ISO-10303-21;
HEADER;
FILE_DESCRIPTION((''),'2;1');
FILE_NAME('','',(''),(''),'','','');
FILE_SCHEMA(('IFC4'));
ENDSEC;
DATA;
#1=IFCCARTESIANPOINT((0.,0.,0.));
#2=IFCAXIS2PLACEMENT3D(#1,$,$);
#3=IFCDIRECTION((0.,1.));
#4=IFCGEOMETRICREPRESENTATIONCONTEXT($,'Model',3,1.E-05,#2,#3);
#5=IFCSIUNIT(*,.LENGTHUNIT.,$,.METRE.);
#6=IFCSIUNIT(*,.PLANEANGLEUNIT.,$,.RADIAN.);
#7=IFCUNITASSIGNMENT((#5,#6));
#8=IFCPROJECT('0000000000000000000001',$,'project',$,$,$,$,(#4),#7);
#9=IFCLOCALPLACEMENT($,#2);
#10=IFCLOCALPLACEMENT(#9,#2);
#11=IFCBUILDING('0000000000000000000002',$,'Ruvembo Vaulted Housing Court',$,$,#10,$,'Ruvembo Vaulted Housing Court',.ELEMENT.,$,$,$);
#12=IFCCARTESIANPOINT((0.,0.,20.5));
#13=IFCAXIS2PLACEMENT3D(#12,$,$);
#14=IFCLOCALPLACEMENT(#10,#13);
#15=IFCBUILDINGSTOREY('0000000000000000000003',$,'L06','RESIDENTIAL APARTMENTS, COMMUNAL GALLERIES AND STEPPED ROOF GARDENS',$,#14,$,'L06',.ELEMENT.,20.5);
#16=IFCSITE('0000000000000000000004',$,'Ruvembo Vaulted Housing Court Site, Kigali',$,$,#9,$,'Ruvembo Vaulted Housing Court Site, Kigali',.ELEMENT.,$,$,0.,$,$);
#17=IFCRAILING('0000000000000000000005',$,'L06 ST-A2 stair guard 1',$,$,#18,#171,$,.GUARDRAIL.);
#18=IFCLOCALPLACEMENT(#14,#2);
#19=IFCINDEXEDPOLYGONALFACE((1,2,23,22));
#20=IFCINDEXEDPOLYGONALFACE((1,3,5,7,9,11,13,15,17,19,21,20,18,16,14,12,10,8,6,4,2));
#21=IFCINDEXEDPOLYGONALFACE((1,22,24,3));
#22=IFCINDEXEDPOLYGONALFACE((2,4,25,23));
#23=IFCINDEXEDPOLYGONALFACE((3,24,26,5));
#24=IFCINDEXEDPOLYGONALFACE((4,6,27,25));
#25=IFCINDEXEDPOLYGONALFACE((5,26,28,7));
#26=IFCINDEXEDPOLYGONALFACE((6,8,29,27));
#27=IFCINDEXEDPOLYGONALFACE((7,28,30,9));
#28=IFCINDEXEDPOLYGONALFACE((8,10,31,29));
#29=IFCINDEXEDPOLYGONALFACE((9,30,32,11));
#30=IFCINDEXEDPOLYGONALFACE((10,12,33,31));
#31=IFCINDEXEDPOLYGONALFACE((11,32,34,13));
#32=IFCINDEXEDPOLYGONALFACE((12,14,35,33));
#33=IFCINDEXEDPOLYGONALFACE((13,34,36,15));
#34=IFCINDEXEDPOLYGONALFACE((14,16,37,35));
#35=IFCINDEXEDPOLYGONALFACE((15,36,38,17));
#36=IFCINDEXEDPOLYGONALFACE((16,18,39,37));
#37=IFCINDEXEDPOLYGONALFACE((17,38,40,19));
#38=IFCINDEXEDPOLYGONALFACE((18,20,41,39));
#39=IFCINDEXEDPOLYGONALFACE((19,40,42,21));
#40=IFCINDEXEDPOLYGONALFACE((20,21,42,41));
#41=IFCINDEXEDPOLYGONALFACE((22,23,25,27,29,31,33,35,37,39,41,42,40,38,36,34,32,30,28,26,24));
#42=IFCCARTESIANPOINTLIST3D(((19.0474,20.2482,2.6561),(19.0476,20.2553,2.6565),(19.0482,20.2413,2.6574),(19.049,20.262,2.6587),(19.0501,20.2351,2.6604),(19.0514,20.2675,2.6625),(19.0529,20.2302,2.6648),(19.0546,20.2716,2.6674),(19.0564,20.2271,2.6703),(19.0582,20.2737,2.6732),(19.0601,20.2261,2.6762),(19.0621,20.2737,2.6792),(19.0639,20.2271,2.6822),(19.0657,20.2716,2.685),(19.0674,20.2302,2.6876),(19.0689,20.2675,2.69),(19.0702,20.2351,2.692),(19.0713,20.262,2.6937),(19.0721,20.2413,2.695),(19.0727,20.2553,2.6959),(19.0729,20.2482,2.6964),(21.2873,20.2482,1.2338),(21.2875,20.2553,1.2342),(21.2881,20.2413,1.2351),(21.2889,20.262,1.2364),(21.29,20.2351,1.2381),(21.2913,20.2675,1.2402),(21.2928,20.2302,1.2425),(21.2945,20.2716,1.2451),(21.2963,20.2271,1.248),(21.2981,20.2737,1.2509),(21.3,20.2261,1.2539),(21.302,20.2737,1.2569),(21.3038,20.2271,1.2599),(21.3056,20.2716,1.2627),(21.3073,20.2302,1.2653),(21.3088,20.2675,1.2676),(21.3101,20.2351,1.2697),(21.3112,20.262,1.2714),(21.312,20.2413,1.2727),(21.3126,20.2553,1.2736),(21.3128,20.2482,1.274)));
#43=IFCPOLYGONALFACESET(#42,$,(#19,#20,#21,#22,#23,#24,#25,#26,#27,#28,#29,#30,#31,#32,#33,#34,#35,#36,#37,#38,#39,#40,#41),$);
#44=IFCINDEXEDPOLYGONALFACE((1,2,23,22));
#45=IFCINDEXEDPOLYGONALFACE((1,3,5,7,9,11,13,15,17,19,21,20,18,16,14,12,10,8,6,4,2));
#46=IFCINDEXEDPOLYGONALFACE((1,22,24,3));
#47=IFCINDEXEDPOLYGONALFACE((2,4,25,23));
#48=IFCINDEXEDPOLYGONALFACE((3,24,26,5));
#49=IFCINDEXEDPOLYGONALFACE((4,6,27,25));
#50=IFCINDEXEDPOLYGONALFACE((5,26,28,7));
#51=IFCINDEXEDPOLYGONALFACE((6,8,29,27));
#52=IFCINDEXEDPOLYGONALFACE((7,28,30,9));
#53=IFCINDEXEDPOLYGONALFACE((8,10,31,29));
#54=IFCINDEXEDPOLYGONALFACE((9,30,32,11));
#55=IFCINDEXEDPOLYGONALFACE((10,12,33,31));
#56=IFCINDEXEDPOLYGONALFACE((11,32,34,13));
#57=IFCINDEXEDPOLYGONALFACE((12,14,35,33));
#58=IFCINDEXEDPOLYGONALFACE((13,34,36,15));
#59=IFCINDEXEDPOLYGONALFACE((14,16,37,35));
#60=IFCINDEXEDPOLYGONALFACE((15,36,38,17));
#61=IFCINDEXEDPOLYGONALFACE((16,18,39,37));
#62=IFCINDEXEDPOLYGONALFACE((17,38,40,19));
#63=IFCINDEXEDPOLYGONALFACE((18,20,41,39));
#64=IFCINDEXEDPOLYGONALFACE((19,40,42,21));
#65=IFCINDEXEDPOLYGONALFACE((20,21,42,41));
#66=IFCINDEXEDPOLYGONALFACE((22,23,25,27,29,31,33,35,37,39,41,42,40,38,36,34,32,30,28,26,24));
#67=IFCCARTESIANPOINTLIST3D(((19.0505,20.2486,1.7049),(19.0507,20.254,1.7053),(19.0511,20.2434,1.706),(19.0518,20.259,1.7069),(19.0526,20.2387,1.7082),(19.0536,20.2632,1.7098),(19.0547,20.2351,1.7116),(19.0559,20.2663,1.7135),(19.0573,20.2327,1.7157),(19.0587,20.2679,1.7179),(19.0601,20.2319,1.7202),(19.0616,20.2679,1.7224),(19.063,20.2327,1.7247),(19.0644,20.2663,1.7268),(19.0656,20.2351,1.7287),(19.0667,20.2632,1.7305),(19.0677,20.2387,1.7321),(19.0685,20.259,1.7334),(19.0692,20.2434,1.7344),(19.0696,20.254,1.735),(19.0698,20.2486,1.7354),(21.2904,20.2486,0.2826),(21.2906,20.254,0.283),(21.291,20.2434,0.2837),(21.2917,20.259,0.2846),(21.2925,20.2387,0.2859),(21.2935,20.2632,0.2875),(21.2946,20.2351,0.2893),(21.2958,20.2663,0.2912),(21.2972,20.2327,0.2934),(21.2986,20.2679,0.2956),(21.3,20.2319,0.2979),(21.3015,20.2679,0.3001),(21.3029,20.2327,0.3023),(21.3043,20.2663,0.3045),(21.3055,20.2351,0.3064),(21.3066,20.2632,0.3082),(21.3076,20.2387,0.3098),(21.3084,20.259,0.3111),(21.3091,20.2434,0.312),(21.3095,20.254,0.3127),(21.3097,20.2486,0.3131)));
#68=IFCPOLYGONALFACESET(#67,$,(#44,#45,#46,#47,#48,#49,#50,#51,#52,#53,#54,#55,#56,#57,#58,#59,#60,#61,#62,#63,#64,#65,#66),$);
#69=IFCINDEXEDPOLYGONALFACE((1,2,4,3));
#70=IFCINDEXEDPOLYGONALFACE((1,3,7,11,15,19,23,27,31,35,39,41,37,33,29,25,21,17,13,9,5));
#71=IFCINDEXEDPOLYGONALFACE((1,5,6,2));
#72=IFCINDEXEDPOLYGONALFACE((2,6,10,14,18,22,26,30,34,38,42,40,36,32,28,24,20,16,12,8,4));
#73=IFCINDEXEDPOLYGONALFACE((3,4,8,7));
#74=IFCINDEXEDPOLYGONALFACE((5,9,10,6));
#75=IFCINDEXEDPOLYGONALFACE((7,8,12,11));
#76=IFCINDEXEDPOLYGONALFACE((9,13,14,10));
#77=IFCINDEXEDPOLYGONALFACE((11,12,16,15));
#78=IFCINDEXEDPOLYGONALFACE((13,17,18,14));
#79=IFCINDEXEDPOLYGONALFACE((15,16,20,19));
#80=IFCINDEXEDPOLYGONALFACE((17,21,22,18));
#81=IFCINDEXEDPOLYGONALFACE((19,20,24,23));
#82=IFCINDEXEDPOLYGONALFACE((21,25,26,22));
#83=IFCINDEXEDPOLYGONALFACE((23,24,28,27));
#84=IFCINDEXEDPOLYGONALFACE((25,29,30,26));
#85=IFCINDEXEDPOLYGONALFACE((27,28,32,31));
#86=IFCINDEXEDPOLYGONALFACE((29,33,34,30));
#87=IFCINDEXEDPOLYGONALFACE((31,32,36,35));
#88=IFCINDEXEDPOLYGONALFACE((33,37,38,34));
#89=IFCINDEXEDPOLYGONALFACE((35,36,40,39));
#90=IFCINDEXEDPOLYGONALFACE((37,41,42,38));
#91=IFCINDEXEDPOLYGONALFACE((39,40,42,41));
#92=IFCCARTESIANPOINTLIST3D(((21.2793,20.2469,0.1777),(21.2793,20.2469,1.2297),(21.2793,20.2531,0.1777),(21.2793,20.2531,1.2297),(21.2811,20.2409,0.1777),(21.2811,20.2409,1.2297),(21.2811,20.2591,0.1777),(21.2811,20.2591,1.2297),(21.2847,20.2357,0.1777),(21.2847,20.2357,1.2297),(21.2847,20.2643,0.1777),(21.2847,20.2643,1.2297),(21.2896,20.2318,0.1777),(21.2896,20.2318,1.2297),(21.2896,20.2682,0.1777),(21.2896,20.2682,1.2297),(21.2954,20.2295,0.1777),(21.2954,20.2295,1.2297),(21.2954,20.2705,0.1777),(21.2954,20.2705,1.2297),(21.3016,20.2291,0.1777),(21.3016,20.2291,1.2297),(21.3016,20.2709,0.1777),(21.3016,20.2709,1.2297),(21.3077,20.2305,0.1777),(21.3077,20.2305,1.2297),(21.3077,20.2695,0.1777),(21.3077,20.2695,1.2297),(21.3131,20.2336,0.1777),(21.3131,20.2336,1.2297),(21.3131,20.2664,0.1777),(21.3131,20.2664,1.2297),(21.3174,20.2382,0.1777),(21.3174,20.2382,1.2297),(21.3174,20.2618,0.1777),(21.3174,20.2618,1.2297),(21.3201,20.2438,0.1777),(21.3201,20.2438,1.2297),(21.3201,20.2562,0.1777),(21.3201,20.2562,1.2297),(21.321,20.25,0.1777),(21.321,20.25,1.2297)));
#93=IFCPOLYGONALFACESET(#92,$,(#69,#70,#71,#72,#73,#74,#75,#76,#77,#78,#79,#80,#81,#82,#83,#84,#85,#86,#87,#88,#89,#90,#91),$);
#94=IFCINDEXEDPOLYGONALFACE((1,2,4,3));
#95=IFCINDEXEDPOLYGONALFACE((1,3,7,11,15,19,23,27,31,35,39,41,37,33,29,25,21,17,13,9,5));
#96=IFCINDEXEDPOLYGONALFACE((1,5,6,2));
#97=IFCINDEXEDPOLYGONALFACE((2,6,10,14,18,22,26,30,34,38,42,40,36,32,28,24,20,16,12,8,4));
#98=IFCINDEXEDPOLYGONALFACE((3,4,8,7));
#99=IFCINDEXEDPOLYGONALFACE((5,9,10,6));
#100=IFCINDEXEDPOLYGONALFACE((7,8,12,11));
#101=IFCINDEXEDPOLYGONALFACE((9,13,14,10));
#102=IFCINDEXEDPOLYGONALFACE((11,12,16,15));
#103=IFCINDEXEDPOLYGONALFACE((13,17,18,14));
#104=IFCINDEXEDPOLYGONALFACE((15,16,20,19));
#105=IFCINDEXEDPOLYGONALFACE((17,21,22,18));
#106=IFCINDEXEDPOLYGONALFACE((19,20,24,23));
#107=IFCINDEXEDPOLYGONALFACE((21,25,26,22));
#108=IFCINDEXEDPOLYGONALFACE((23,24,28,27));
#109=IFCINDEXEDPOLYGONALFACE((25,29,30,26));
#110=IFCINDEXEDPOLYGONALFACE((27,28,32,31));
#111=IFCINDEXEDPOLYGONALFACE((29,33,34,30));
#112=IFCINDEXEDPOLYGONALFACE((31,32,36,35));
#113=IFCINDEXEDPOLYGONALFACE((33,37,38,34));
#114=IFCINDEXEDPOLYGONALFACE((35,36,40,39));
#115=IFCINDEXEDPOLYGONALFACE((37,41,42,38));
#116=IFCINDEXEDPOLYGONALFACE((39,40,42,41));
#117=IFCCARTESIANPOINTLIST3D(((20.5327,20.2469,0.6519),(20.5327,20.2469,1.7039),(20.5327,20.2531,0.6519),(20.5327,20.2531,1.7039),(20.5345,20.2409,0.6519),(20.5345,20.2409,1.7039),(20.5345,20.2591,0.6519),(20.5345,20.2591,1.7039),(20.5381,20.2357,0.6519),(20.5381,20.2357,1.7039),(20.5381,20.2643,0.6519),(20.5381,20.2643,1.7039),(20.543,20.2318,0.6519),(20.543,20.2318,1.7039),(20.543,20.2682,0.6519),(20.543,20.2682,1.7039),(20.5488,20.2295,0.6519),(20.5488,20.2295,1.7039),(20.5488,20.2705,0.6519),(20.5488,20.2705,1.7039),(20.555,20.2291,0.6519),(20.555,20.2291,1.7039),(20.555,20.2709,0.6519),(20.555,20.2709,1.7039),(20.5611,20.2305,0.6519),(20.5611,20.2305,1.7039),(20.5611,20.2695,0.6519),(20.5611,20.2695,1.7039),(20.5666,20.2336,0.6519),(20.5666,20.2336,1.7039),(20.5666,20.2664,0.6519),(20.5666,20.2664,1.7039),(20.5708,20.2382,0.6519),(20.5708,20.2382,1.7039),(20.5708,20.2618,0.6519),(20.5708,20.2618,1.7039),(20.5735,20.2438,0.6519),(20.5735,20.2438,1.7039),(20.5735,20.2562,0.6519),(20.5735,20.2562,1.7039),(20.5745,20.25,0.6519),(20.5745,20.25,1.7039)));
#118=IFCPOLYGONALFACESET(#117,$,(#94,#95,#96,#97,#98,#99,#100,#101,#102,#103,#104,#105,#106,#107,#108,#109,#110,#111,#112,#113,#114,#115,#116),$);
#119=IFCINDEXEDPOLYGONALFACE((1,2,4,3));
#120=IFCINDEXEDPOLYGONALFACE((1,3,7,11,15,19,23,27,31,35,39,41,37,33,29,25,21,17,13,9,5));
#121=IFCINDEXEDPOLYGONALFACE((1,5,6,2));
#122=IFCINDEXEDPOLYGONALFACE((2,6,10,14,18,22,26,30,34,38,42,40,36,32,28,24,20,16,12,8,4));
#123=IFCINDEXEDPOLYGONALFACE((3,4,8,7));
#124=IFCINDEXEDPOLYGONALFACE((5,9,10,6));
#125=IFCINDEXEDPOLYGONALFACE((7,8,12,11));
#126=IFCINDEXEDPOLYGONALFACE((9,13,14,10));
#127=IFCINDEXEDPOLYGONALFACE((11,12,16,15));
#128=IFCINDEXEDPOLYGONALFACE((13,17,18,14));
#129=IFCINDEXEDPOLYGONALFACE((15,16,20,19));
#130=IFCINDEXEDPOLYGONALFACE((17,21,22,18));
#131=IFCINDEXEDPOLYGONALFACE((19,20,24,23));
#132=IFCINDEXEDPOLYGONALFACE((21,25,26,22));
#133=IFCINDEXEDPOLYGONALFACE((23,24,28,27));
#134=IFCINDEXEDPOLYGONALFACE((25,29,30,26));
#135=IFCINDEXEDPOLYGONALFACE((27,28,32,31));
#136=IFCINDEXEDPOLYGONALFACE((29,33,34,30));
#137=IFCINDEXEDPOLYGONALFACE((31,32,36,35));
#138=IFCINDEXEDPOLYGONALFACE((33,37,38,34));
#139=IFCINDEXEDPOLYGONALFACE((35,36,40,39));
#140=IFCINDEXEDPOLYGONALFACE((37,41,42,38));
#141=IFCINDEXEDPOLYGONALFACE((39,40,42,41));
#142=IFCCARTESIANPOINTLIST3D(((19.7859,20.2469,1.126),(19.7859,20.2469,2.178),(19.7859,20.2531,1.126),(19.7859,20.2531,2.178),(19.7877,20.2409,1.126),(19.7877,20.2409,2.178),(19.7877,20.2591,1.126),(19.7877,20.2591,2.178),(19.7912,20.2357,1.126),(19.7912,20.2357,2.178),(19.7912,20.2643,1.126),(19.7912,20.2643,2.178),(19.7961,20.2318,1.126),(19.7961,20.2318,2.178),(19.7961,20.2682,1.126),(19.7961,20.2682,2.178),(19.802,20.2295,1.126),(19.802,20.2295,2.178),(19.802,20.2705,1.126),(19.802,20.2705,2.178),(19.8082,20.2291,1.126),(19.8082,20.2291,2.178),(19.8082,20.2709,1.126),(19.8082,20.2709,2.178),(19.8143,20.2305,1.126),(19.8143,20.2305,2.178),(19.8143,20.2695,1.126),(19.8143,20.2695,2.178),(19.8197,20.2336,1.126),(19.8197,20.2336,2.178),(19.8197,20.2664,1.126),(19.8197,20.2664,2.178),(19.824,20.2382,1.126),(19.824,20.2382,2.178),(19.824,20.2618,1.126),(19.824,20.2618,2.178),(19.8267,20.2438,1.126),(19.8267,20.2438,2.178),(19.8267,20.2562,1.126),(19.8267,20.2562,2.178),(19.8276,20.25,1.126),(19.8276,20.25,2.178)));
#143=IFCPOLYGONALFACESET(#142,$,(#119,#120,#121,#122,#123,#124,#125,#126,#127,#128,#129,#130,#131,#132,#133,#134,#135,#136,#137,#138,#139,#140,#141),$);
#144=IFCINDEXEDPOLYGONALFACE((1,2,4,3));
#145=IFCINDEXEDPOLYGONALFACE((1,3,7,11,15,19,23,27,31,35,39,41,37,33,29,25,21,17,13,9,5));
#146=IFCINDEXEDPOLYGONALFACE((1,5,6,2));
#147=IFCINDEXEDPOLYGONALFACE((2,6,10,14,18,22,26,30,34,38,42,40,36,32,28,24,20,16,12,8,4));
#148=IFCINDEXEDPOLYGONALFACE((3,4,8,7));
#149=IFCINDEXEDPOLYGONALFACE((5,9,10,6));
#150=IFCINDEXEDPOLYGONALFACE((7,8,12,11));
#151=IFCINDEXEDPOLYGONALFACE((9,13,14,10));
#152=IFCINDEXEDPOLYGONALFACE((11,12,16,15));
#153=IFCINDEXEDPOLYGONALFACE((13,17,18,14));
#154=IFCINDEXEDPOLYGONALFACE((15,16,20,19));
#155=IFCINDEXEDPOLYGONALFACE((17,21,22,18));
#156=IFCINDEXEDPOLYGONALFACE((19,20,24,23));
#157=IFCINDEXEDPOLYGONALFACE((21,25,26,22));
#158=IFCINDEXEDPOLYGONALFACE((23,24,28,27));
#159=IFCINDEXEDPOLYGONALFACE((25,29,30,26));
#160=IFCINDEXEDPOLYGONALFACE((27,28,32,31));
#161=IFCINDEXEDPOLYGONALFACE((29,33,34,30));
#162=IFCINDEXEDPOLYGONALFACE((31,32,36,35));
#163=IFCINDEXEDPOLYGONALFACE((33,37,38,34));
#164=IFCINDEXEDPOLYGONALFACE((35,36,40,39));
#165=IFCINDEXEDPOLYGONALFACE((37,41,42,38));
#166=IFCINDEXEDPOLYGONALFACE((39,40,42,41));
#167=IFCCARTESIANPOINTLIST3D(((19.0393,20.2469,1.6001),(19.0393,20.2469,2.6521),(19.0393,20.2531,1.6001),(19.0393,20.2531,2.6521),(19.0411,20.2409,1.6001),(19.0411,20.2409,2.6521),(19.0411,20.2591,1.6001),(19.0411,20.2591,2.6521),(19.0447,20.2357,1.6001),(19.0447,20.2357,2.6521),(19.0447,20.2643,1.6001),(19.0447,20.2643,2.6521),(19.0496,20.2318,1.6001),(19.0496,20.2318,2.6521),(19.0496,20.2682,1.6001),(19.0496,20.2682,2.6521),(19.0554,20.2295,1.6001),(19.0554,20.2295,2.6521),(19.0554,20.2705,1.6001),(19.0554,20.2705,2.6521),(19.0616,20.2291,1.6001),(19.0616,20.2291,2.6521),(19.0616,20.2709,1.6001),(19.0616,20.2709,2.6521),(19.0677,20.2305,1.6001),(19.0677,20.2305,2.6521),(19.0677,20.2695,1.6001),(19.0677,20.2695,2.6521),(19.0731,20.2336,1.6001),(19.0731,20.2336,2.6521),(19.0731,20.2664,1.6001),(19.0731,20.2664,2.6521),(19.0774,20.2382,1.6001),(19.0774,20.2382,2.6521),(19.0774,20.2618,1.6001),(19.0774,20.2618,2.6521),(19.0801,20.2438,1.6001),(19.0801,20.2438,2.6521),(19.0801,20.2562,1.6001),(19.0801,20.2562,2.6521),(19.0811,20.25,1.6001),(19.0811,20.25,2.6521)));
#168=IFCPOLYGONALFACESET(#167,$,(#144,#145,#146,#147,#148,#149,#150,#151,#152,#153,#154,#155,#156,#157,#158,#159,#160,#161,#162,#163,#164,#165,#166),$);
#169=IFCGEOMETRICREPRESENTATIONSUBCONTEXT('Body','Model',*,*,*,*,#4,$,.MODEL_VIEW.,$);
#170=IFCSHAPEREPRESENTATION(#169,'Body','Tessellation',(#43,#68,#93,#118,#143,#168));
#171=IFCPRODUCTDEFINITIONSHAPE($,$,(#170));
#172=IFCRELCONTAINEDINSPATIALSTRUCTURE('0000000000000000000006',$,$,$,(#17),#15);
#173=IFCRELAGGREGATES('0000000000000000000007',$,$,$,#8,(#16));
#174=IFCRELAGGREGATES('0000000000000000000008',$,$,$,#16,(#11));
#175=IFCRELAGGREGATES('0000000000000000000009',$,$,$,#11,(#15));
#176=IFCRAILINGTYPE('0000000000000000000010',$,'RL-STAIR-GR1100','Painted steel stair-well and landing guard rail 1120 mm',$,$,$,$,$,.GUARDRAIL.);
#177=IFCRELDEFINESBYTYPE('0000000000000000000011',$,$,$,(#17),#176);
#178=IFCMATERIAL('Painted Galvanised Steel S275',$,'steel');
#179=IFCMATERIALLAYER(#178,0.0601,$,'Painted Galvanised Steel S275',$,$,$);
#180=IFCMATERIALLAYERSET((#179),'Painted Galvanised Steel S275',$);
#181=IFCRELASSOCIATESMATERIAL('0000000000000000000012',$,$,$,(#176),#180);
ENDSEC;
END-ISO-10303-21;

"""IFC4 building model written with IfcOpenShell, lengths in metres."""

from ifc_helpers import new_model, si_unit, direction, frame, origin, origin_2d, place, context, subcontext, project, spatial, circle, extrude, material, layer, layer_set, type_object, element, save


model = new_model("IFC4")

# Units and contexts
model_context = context("Model", 3, precision=1e-05, world=origin(), true_north=direction((0.0, 1.0)))
body_context = subcontext(model_context, "Body", "Model", "MODEL_VIEW")
ifc_project = project(units=[si_unit("LENGTHUNIT", "METRE"), si_unit("PLANEANGLEUNIT", "RADIAN")], contexts=[model_context])

# Site, building, storey
site_placement = place(None, origin())
site = spatial("IfcSite", under=ifc_project, at=site_placement, Name="Ruvembo Vaulted Housing Court Site, Kigali", LongName="Ruvembo Vaulted Housing Court Site, Kigali", CompositionType="ELEMENT", RefElevation=0.0)
building_placement = place(site_placement, origin())
building = spatial("IfcBuilding", under=site, at=building_placement, Name="Ruvembo Vaulted Housing Court", LongName="Ruvembo Vaulted Housing Court", CompositionType="ELEMENT")
storey_placement = place(building_placement, frame((0.0, 0.0, 20.5)))
storey = spatial("IfcBuildingStorey", under=building, at=storey_placement, Name="L06", Description="RESIDENTIAL APARTMENTS, COMMUNAL GALLERIES AND STEPPED ROOF GARDENS", LongName="L06", CompositionType="ELEMENT", Elevation=20.5)

# Railing
ifc_material_1 = material(Name="Painted Galvanised Steel S275", Category="steel")
ifc_layer_1 = layer(ifc_material_1, 0.0601, Name="Painted Galvanised Steel S275")
ifc_layer_set_1 = layer_set([ifc_layer_1], Name="Painted Galvanised Steel S275")
railing_type_1 = type_object("IfcRailingType", Name="RL-STAIR-GR1100", Description="Painted steel stair-well and landing guard rail 1120 mm", PredefinedType="GUARDRAIL", material=ifc_layer_set_1)
railing_1_placement = place(storey_placement, frame((21.3, 20.25, 0.1777)))
element("IfcRailing", 1, at=railing_1_placement, inside=storey, type_object=railing_type_1, Name="L06 ST-A2 stair guard 1", PredefinedType="GUARDRAIL", context=body_context, shape_type="SweptSolid", body=[
    extrude(circle(Radius=0.0239, at=origin_2d()), frame((0.0, 0.0, 1.0762), z_axis=(-0.844188, 0.0, 0.536048), x_axis=(0.0, -1.0, 0.0)), (0.0, 0.0, 1.0), 2.6533),
    extrude(circle(Radius=0.0181, at=origin_2d()), frame((0.0, 0.0, 0.1201), z_axis=(-0.844188, 0.0, 0.536048), x_axis=(0.0, -1.0, 0.0)), (0.0, 0.0, 1.0), 2.6533),
    extrude(circle(Radius=0.021, at=origin_2d()), origin(), (0.0, 0.0, 1.0), 1.052),
    extrude(circle(Radius=0.021, at=origin_2d()), frame((-0.7466, 0.0, 0.4741)), (0.0, 0.0, 1.0), 1.052),
    extrude(circle(Radius=0.021, at=origin_2d()), frame((-1.4934, 0.0, 0.9482)), (0.0, 0.0, 1.0), 1.052),
    extrude(circle(Radius=0.021, at=origin_2d()), frame((-2.24, 0.0, 1.4224)), (0.0, 0.0, 1.0), 1.052),
])

save(model, "model.ifc")
